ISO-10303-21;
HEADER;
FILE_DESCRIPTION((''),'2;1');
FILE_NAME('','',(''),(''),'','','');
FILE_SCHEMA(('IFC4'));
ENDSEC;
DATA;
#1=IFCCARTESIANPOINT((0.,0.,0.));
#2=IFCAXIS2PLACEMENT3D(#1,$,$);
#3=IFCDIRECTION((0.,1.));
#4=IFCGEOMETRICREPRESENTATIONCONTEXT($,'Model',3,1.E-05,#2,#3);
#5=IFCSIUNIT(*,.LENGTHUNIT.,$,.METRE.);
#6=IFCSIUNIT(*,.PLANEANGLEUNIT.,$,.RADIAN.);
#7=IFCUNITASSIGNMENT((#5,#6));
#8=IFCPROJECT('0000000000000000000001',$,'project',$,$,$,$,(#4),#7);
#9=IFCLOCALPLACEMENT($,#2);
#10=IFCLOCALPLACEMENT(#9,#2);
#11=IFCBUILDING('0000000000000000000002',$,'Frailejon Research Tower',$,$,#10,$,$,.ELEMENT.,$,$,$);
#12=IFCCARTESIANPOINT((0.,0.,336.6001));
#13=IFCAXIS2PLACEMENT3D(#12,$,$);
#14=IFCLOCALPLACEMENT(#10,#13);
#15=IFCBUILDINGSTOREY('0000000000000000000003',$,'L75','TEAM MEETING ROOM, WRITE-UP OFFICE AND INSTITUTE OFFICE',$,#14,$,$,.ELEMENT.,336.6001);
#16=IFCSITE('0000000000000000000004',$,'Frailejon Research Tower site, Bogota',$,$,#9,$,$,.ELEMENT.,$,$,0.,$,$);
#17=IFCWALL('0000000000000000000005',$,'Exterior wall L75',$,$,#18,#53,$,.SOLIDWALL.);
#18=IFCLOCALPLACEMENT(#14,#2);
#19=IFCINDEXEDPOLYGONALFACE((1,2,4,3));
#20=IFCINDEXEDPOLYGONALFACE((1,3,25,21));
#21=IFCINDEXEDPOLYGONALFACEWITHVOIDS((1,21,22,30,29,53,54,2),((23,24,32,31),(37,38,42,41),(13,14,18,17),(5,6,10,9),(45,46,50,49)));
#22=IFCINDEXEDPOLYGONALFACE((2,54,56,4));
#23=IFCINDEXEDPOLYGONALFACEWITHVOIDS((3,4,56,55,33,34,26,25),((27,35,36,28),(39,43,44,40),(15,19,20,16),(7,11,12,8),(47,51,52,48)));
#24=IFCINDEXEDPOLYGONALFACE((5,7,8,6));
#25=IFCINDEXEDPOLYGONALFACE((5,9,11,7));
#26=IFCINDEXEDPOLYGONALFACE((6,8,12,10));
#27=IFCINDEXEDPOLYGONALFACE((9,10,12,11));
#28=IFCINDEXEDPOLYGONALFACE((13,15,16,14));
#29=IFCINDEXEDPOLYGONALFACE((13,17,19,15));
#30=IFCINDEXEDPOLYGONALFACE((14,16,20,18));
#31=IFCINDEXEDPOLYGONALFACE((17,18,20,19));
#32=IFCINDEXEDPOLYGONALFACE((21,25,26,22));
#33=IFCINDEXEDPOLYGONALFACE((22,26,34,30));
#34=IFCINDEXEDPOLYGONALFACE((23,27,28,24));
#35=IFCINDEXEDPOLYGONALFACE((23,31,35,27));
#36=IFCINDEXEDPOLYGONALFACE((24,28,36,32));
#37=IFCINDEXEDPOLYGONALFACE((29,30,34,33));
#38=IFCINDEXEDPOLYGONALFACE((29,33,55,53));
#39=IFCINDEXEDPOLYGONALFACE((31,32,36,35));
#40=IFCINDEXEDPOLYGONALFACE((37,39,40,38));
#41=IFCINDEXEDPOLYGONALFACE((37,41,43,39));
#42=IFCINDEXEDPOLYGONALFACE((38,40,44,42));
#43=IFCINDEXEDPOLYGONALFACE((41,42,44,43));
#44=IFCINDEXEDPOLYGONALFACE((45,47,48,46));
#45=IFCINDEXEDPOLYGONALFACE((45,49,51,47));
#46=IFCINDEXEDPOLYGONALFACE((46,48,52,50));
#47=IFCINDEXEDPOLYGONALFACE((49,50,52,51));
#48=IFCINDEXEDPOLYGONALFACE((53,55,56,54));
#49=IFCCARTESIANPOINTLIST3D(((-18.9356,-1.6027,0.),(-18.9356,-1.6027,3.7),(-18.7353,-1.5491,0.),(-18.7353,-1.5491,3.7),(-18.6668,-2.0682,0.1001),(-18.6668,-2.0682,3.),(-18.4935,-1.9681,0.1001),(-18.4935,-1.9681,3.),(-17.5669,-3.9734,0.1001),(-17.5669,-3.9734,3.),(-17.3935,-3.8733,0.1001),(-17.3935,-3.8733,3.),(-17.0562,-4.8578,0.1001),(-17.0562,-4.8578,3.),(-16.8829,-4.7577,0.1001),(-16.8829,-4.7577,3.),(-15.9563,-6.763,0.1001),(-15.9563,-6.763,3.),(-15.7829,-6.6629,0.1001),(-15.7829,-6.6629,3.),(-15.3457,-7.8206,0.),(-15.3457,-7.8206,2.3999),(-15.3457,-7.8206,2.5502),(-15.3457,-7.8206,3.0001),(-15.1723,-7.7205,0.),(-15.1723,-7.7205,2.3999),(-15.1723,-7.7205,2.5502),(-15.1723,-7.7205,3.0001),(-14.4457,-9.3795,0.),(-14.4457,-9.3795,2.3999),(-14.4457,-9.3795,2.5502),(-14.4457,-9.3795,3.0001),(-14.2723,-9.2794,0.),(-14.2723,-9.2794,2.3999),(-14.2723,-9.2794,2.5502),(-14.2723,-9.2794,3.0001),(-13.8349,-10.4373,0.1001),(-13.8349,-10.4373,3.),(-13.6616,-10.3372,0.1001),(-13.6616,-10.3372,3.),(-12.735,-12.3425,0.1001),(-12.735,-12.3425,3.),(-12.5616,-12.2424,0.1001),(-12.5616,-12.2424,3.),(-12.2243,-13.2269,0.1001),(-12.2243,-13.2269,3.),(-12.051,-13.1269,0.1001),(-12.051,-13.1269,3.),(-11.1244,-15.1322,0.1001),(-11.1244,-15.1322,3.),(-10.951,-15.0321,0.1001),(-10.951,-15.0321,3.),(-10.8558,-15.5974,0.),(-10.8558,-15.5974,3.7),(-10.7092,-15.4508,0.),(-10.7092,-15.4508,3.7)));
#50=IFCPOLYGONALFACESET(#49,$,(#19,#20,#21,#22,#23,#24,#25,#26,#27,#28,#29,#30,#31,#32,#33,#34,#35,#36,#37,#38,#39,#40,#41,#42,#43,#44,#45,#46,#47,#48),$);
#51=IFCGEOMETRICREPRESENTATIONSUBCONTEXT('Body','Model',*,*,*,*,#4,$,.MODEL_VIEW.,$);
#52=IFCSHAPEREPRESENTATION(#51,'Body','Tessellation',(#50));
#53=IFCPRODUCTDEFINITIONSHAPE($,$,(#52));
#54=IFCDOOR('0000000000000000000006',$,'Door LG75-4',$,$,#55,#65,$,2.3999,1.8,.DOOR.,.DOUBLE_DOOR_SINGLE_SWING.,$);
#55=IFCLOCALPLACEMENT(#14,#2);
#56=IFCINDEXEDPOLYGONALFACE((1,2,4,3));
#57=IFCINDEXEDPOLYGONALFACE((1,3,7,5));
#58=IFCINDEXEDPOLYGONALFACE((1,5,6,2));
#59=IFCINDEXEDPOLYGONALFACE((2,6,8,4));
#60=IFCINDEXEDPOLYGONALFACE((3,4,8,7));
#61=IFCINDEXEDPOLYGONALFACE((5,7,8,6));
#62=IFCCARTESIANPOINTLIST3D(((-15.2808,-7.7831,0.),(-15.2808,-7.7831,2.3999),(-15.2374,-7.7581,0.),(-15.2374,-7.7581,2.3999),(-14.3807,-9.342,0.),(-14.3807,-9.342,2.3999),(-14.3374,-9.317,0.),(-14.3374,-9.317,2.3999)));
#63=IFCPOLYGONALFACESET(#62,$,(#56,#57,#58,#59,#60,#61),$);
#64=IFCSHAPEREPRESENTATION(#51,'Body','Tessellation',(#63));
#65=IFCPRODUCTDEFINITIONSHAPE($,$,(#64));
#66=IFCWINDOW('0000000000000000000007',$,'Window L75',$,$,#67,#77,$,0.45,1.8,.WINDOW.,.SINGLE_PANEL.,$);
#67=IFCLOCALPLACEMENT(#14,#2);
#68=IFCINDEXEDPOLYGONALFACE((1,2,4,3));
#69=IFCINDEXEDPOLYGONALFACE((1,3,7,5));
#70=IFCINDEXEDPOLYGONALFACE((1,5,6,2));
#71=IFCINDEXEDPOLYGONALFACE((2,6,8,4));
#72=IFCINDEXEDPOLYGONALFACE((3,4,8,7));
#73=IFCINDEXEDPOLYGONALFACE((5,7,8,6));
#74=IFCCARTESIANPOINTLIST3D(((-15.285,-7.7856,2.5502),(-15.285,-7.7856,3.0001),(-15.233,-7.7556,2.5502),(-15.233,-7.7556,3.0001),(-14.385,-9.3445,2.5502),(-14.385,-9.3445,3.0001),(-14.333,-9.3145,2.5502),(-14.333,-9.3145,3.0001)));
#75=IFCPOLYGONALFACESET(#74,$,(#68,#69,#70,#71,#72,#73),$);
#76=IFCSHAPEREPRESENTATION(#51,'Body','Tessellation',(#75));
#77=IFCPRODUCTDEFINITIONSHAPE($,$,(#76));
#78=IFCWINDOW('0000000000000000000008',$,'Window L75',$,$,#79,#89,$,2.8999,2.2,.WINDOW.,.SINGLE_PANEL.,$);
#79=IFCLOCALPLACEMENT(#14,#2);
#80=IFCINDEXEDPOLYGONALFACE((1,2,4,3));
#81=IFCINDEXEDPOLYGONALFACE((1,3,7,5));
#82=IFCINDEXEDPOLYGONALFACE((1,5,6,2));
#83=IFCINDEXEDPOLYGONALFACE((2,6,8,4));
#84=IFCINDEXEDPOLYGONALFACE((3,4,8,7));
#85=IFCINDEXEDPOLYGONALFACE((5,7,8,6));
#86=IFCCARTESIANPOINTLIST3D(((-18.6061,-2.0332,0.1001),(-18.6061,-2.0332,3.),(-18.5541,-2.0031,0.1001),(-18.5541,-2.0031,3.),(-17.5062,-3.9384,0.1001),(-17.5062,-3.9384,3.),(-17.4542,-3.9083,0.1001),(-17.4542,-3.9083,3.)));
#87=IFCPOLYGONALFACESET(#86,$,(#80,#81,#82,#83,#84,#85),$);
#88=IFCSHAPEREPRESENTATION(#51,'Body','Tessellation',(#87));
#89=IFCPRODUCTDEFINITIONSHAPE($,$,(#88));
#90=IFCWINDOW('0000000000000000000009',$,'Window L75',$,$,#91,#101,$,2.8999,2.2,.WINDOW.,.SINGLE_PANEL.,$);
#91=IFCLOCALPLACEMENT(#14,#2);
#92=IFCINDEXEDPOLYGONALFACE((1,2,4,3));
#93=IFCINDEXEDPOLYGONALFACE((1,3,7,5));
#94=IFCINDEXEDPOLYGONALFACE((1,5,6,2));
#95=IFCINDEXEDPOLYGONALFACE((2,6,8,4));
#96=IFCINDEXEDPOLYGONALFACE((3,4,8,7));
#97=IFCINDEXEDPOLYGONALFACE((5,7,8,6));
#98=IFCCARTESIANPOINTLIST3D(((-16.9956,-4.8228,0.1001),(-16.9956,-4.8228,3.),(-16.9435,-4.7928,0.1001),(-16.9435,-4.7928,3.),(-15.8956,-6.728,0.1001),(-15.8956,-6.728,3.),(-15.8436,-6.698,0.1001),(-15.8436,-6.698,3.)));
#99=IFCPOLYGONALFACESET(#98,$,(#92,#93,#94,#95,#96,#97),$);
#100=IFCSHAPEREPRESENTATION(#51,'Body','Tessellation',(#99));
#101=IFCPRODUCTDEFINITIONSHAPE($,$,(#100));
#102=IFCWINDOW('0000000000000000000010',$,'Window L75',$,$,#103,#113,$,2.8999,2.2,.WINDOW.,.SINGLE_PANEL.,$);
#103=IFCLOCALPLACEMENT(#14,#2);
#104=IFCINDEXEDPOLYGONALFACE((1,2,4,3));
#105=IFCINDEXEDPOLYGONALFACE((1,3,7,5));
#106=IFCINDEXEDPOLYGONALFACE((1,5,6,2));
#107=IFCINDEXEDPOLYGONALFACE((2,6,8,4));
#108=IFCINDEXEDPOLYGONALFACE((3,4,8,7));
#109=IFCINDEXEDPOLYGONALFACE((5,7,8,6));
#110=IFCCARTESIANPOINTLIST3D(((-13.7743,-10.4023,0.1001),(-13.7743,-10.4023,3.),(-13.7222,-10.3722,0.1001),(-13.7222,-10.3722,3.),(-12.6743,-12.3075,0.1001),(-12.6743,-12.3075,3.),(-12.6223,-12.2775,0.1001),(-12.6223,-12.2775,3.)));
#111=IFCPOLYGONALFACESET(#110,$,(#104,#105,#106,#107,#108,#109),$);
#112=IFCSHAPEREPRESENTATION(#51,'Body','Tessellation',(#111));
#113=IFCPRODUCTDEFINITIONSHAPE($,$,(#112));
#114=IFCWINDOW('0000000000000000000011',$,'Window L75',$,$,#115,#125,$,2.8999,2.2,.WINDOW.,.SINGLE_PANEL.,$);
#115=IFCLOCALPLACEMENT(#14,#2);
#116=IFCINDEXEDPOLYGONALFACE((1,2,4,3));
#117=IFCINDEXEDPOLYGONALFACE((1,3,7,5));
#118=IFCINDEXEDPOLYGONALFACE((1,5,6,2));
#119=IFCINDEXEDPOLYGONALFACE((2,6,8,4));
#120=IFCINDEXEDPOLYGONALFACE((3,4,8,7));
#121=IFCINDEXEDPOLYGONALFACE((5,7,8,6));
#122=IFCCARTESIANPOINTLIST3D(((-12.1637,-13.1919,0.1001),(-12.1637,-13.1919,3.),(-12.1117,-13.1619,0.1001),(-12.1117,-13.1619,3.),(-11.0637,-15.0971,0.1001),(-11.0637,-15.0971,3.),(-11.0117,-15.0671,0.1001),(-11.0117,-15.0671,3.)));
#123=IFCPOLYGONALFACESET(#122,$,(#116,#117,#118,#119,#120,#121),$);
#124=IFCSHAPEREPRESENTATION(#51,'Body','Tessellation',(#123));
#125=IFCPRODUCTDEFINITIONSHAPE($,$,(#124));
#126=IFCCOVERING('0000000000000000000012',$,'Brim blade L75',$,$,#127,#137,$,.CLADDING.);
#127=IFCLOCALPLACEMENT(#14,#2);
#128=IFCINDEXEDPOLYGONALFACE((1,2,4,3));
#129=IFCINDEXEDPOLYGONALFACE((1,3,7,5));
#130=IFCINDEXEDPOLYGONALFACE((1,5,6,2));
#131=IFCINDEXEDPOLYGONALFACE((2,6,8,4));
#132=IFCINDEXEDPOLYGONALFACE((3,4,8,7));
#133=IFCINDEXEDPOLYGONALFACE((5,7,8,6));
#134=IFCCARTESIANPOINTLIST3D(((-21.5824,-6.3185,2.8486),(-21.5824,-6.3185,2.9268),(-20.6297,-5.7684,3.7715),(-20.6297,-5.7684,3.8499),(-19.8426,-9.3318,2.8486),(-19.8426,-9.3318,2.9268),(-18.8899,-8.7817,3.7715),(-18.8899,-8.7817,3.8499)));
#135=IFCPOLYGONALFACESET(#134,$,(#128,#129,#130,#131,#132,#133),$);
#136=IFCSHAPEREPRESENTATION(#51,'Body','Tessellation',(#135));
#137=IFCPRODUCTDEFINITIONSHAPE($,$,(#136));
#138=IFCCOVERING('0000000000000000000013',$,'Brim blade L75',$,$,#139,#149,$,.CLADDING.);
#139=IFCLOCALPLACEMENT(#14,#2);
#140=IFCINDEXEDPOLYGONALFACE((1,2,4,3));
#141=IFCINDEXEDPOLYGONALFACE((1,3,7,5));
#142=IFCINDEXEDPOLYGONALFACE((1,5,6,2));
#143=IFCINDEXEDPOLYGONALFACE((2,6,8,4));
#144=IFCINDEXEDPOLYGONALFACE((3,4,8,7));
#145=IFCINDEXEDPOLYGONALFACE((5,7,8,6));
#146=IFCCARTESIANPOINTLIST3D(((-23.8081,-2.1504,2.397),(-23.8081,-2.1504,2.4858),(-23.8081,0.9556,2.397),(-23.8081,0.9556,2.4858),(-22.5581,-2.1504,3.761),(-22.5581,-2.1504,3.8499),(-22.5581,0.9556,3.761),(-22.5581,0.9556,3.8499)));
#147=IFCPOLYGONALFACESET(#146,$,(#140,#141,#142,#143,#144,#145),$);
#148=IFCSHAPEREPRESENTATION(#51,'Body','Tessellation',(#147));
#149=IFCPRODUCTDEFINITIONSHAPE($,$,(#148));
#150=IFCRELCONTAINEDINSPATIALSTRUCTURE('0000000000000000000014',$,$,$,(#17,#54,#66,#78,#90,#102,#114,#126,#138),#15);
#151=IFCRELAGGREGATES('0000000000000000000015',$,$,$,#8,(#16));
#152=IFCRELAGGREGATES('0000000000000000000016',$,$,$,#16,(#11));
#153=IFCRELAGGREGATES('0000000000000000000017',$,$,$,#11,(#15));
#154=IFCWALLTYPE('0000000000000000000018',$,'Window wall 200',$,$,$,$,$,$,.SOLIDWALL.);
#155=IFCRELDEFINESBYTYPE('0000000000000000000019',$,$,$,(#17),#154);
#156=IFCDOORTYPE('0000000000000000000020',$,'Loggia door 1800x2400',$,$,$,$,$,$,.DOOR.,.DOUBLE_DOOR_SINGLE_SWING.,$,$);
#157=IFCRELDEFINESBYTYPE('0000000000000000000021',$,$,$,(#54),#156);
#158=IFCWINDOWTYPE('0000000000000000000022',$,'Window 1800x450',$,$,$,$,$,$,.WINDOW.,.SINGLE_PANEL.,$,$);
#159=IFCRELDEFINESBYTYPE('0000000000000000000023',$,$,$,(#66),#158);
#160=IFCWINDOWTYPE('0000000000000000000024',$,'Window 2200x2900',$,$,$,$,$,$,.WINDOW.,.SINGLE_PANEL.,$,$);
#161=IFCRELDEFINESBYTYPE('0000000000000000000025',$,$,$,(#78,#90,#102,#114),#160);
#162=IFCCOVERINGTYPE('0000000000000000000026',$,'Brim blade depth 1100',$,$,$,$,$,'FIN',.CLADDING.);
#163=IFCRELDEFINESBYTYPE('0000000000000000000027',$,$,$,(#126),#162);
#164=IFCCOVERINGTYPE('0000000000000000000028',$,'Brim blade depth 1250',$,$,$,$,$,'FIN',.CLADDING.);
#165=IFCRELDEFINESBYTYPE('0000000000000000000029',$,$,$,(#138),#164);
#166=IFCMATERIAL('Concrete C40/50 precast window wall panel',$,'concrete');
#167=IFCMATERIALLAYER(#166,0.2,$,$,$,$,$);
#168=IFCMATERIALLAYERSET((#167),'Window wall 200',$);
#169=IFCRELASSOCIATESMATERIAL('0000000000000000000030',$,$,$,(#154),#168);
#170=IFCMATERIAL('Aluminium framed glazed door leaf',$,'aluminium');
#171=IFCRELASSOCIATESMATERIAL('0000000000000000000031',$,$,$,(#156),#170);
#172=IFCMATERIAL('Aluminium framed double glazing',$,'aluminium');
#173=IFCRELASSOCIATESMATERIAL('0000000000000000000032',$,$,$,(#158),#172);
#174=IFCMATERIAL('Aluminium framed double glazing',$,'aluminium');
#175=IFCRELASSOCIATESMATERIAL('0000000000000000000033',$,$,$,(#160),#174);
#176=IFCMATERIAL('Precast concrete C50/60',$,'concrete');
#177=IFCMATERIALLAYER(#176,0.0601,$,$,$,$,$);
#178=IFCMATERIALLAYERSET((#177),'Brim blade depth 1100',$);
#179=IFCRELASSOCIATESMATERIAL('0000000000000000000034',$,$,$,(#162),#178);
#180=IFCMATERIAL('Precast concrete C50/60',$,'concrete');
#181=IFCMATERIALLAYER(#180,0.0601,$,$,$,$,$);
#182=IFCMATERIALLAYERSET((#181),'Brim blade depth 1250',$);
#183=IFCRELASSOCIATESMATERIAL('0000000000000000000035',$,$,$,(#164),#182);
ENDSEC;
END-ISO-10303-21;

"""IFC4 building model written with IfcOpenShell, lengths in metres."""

from ifc_helpers import new_model, si_unit, direction, frame, frame_2d, origin, place, context, subcontext, project, spatial, polyline, rectangle, outline, extrude, material, layer, layer_set, type_object, element, fill, save


model = new_model("IFC4")

# Units and contexts
model_context = context("Model", 3, precision=1e-05, world=origin(), true_north=direction((0.0, 1.0)))
body_context = subcontext(model_context, "Body", "Model", "MODEL_VIEW")
ifc_project = project(units=[si_unit("LENGTHUNIT", "METRE"), si_unit("PLANEANGLEUNIT", "RADIAN")], contexts=[model_context])

# Site, building, storey
site_placement = place(None, origin())
site = spatial("IfcSite", under=ifc_project, at=site_placement, Name="Frailejon Research Tower site, Bogota", CompositionType="ELEMENT", RefElevation=0.0)
building_placement = place(site_placement, origin())
building = spatial("IfcBuilding", under=site, at=building_placement, Name="Frailejon Research Tower", CompositionType="ELEMENT")
storey_placement = place(building_placement, frame((0.0, 0.0, 336.6001)))
storey = spatial("IfcBuildingStorey", under=building, at=storey_placement, Name="L75", Description="TEAM MEETING ROOM, WRITE-UP OFFICE AND INSTITUTE OFFICE", CompositionType="ELEMENT", Elevation=336.6001)

# Wall, openings, door, windows
ifc_material_1 = material(Name="Concrete C40/50 precast window wall panel", Category="concrete")
ifc_layer_1 = layer(ifc_material_1, 0.2)
ifc_layer_set_1 = layer_set([ifc_layer_1], Name="Window wall 200")
wall_type_1 = type_object("IfcWallType", Name="Window wall 200", PredefinedType="SOLIDWALL", material=ifc_layer_set_1)
wall_1_placement = place(storey_placement, frame((-18.8354, -1.5759, 0.0), z_axis=(0.0, 0.0, 1.0), x_axis=(0.499998, -0.866027, 0.0)))
wall_1 = element("IfcWall", 1, at=wall_1_placement, inside=storey, type_object=wall_type_1, Name="Exterior wall L75", PredefinedType="SOLIDWALL", context=body_context, shape_type="SweptSolid", body=[
    extrude(outline(polyline([(-0.0269, -0.1001), (0.9832, -0.1001), (1.9932, -0.1001), (3.0032, -0.1001), (4.0132, -0.1001), (5.0229, -0.1001), (6.033, -0.1001), (7.043, -0.1001), (8.053, -0.1001), (9.063, -0.1001), (10.073, -0.1001), (11.083, -0.1001), (12.0928, -0.1001), (13.1028, -0.1001), (14.1128, -0.1001), (15.1228, -0.1001), (16.1328, -0.1001), (16.0791, 0.1001), (15.0759, 0.1001), (14.0725, 0.1001), (13.0693, 0.1001), (12.0659, 0.1001), (11.0627, 0.1001), (10.0596, 0.1001), (9.0562, 0.1001), (8.053, 0.1001), (7.0498, 0.1001), (6.0464, 0.1001), (5.0432, 0.1001), (4.04, 0.1001), (3.0366, 0.1001), (2.0334, 0.1001), (1.03, 0.1001), (0.0269, 0.1001), (-0.0269, -0.1001)])), origin(), (0.0, 0.0, 1.0), 3.7),
])
opening_1_placement = place(wall_1_placement, frame((0.5105, 0.0, 0.1001)))
opening_1 = element("IfcOpeningElement", 2, at=opening_1_placement, cuts=wall_1, PredefinedType="OPENING", context=body_context, shape_type="SweptSolid", body=[
    extrude(rectangle(XDim=2.2, YDim=2.8999, at=frame_2d((1.1001, 1.45))), frame((0.0, 0.1099, 0.0), z_axis=(0.0, -1.0, 0.0), x_axis=(1.0, 0.0, 0.0)), (0.0, 0.0, 1.0), 0.22),
])
opening_2_placement = place(wall_1_placement, frame((3.7317, 0.0, 0.1001)))
opening_2 = element("IfcOpeningElement", 3, at=opening_2_placement, cuts=wall_1, PredefinedType="OPENING", context=body_context, shape_type="SweptSolid", body=[
    extrude(rectangle(XDim=2.2, YDim=2.8999, at=frame_2d((1.1001, 1.45))), frame((0.0, 0.1099, 0.0), z_axis=(0.0, -1.0, 0.0), x_axis=(1.0, 0.0, 0.0)), (0.0, 0.0, 1.0), 0.22),
])
opening_3_placement = place(wall_1_placement, frame((7.1531, 0.0, 0.0)))
opening_3 = element("IfcOpeningElement", 4, at=opening_3_placement, cuts=wall_1, PredefinedType="OPENING", context=body_context, shape_type="SweptSolid", body=[
    extrude(rectangle(XDim=1.8, YDim=2.3999, at=frame_2d((0.8999, 1.2))), frame((0.0, 0.1099, 0.0), z_axis=(0.0, -1.0, 0.0), x_axis=(1.0, 0.0, 0.0)), (0.0, 0.0, 1.0), 0.22),
])
opening_4_placement = place(wall_1_placement, frame((7.1531, 0.0, 2.55)))
opening_4 = element("IfcOpeningElement", 5, at=opening_4_placement, cuts=wall_1, PredefinedType="OPENING", context=body_context, shape_type="SweptSolid", body=[
    extrude(rectangle(XDim=1.8, YDim=0.45, at=frame_2d((0.8999, 0.2251))), frame((0.0, 0.1099, 0.0), z_axis=(0.0, -1.0, 0.0), x_axis=(1.0, 0.0, 0.0)), (0.0, 0.0, 1.0), 0.22),
])
opening_5_placement = place(wall_1_placement, frame((10.1743, 0.0, 0.1001)))
opening_5 = element("IfcOpeningElement", 6, at=opening_5_placement, cuts=wall_1, PredefinedType="OPENING", context=body_context, shape_type="SweptSolid", body=[
    extrude(rectangle(XDim=2.2, YDim=2.8999, at=frame_2d((1.1001, 1.45))), frame((0.0, 0.1099, 0.0), z_axis=(0.0, -1.0, 0.0), x_axis=(1.0, 0.0, 0.0)), (0.0, 0.0, 1.0), 0.22),
])
opening_6_placement = place(wall_1_placement, frame((13.3955, 0.0, 0.1001)))
opening_6 = element("IfcOpeningElement", 7, at=opening_6_placement, cuts=wall_1, PredefinedType="OPENING", context=body_context, shape_type="SweptSolid", body=[
    extrude(rectangle(XDim=2.2, YDim=2.8999, at=frame_2d((1.1001, 1.45))), frame((0.0, 0.1099, 0.0), z_axis=(0.0, -1.0, 0.0), x_axis=(1.0, 0.0, 0.0)), (0.0, 0.0, 1.0), 0.22),
])
ifc_material_2 = material(Name="Aluminium framed glazed door leaf", Category="aluminium")
door_type = type_object("IfcDoorType", Name="Loggia door 1800x2400", OperationType="DOUBLE_DOOR_SINGLE_SWING", PredefinedType="DOOR", material=ifc_material_2)
door_placement = place(opening_3_placement, origin())
door = element("IfcDoor", 8, at=door_placement, inside=storey, type_object=door_type, Name="Door LG75-4", OperationType="DOUBLE_DOOR_SINGLE_SWING", OverallHeight=2.3999, OverallWidth=1.8, PredefinedType="DOOR", context=body_context, shape_type="SweptSolid", body=[
    extrude(rectangle(XDim=1.8, YDim=2.3999, at=frame_2d((0.8999, 1.2))), frame((0.0, 0.0249, 0.0), z_axis=(0.0, -1.0, 0.0), x_axis=(1.0, 0.0, 0.0)), (0.0, 0.0, 1.0), 0.05),
])
fill(opening_3, door)
ifc_material_3 = material(Name="Aluminium framed double glazing", Category="aluminium")
window_type_1 = type_object("IfcWindowType", Name="Window 1800x450", PartitioningType="SINGLE_PANEL", PredefinedType="WINDOW", material=ifc_material_3)
window_1_placement = place(opening_4_placement, origin())
window_1 = element("IfcWindow", 9, at=window_1_placement, inside=storey, type_object=window_type_1, Name="Window L75", OverallHeight=0.45, OverallWidth=1.8, PartitioningType="SINGLE_PANEL", PredefinedType="WINDOW", context=body_context, shape_type="SweptSolid", body=[
    extrude(rectangle(XDim=1.8, YDim=0.45, at=frame_2d((0.8999, 0.2251))), frame((0.0, 0.03, 0.0), z_axis=(0.0, -1.0, 0.0), x_axis=(1.0, 0.0, 0.0)), (0.0, 0.0, 1.0), 0.0601),
])
fill(opening_4, window_1)
ifc_material_4 = material(Name="Aluminium framed double glazing", Category="aluminium")
window_type_2 = type_object("IfcWindowType", Name="Window 2200x2900", PartitioningType="SINGLE_PANEL", PredefinedType="WINDOW", material=ifc_material_4)
window_2_placement = place(opening_1_placement, origin())
window_2 = element("IfcWindow", 10, at=window_2_placement, inside=storey, type_object=window_type_2, Name="Window L75", OverallHeight=2.8999, OverallWidth=2.2, PartitioningType="SINGLE_PANEL", PredefinedType="WINDOW", context=body_context, shape_type="SweptSolid", body=[
    extrude(rectangle(XDim=2.2, YDim=2.8999, at=frame_2d((1.1001, 1.45))), frame((0.0, 0.03, 0.0), z_axis=(0.0, -1.0, 0.0), x_axis=(1.0, 0.0, 0.0)), (0.0, 0.0, 1.0), 0.0601),
])
fill(opening_1, window_2)
window_3_placement = place(opening_2_placement, origin())
window_3 = element("IfcWindow", 11, at=window_3_placement, inside=storey, type_object=window_type_2, Name="Window L75", OverallHeight=2.8999, OverallWidth=2.2, PartitioningType="SINGLE_PANEL", PredefinedType="WINDOW", context=body_context, shape_type="SweptSolid", body=[
    extrude(rectangle(XDim=2.2, YDim=2.8999, at=frame_2d((1.1001, 1.45))), frame((0.0, 0.03, 0.0), z_axis=(0.0, -1.0, 0.0), x_axis=(1.0, 0.0, 0.0)), (0.0, 0.0, 1.0), 0.0601),
])
fill(opening_2, window_3)
window_4_placement = place(opening_5_placement, origin())
window_4 = element("IfcWindow", 12, at=window_4_placement, inside=storey, type_object=window_type_2, Name="Window L75", OverallHeight=2.8999, OverallWidth=2.2, PartitioningType="SINGLE_PANEL", PredefinedType="WINDOW", context=body_context, shape_type="SweptSolid", body=[
    extrude(rectangle(XDim=2.2, YDim=2.8999, at=frame_2d((1.1001, 1.45))), frame((0.0, 0.03, 0.0), z_axis=(0.0, -1.0, 0.0), x_axis=(1.0, 0.0, 0.0)), (0.0, 0.0, 1.0), 0.0601),
])
fill(opening_5, window_4)
window_5_placement = place(opening_6_placement, origin())
window_5 = element("IfcWindow", 13, at=window_5_placement, inside=storey, type_object=window_type_2, Name="Window L75", OverallHeight=2.8999, OverallWidth=2.2, PartitioningType="SINGLE_PANEL", PredefinedType="WINDOW", context=body_context, shape_type="SweptSolid", body=[
    extrude(rectangle(XDim=2.2, YDim=2.8999, at=frame_2d((1.1001, 1.45))), frame((0.0, 0.03, 0.0), z_axis=(0.0, -1.0, 0.0), x_axis=(1.0, 0.0, 0.0)), (0.0, 0.0, 1.0), 0.0601),
])
fill(opening_6, window_5)

# Coverings
ifc_material_5 = material(Name="Precast concrete C50/60", Category="concrete")
ifc_layer_2 = layer(ifc_material_5, 0.0601)
ifc_layer_set_2 = layer_set([ifc_layer_2], Name="Brim blade depth 1100")
covering_type_1 = type_object("IfcCoveringType", Name="Brim blade depth 1100", ElementType="FIN", PredefinedType="CLADDING", material=ifc_layer_set_2)
covering_1_placement = place(storey_placement, frame((-18.8899, -8.7817, 3.8499), z_axis=(-0.500006, 0.866022, 0.0), x_axis=(-0.866022, -0.500006, 0.0)))
element("IfcCovering", 14, at=covering_1_placement, inside=storey, type_object=covering_type_1, Name="Brim blade L75", PredefinedType="CLADDING", context=body_context, shape_type="SweptSolid", body=[
    extrude(outline(polyline([(0.0, -0.0784), (1.1001, -1.0012), (1.1001, -0.9231), (0.0, 0.0), (0.0, -0.0784)])), origin(), (0.0, 0.0, 1.0), 3.4795),
])
ifc_material_6 = material(Name="Precast concrete C50/60", Category="concrete")
ifc_layer_3 = layer(ifc_material_6, 0.0601)
ifc_layer_set_3 = layer_set([ifc_layer_3], Name="Brim blade depth 1250")
covering_type_2 = type_object("IfcCoveringType", Name="Brim blade depth 1250", ElementType="FIN", PredefinedType="CLADDING", material=ifc_layer_set_3)
covering_2_placement = place(storey_placement, frame((-22.5581, -2.1504, 3.8499), z_axis=(0.0, 1.0, 0.0), x_axis=(-1.0, 0.0, 0.0)))
element("IfcCovering", 15, at=covering_2_placement, inside=storey, type_object=covering_type_2, Name="Brim blade L75", PredefinedType="CLADDING", context=body_context, shape_type="SweptSolid", body=[
    extrude(outline(polyline([(0.0, -0.0889), (1.25, -1.4529), (1.25, -1.364), (0.0, 0.0), (0.0, -0.0889)])), origin(), (0.0, 0.0, 1.0), 3.106),
])

save(model, "model.ifc")
